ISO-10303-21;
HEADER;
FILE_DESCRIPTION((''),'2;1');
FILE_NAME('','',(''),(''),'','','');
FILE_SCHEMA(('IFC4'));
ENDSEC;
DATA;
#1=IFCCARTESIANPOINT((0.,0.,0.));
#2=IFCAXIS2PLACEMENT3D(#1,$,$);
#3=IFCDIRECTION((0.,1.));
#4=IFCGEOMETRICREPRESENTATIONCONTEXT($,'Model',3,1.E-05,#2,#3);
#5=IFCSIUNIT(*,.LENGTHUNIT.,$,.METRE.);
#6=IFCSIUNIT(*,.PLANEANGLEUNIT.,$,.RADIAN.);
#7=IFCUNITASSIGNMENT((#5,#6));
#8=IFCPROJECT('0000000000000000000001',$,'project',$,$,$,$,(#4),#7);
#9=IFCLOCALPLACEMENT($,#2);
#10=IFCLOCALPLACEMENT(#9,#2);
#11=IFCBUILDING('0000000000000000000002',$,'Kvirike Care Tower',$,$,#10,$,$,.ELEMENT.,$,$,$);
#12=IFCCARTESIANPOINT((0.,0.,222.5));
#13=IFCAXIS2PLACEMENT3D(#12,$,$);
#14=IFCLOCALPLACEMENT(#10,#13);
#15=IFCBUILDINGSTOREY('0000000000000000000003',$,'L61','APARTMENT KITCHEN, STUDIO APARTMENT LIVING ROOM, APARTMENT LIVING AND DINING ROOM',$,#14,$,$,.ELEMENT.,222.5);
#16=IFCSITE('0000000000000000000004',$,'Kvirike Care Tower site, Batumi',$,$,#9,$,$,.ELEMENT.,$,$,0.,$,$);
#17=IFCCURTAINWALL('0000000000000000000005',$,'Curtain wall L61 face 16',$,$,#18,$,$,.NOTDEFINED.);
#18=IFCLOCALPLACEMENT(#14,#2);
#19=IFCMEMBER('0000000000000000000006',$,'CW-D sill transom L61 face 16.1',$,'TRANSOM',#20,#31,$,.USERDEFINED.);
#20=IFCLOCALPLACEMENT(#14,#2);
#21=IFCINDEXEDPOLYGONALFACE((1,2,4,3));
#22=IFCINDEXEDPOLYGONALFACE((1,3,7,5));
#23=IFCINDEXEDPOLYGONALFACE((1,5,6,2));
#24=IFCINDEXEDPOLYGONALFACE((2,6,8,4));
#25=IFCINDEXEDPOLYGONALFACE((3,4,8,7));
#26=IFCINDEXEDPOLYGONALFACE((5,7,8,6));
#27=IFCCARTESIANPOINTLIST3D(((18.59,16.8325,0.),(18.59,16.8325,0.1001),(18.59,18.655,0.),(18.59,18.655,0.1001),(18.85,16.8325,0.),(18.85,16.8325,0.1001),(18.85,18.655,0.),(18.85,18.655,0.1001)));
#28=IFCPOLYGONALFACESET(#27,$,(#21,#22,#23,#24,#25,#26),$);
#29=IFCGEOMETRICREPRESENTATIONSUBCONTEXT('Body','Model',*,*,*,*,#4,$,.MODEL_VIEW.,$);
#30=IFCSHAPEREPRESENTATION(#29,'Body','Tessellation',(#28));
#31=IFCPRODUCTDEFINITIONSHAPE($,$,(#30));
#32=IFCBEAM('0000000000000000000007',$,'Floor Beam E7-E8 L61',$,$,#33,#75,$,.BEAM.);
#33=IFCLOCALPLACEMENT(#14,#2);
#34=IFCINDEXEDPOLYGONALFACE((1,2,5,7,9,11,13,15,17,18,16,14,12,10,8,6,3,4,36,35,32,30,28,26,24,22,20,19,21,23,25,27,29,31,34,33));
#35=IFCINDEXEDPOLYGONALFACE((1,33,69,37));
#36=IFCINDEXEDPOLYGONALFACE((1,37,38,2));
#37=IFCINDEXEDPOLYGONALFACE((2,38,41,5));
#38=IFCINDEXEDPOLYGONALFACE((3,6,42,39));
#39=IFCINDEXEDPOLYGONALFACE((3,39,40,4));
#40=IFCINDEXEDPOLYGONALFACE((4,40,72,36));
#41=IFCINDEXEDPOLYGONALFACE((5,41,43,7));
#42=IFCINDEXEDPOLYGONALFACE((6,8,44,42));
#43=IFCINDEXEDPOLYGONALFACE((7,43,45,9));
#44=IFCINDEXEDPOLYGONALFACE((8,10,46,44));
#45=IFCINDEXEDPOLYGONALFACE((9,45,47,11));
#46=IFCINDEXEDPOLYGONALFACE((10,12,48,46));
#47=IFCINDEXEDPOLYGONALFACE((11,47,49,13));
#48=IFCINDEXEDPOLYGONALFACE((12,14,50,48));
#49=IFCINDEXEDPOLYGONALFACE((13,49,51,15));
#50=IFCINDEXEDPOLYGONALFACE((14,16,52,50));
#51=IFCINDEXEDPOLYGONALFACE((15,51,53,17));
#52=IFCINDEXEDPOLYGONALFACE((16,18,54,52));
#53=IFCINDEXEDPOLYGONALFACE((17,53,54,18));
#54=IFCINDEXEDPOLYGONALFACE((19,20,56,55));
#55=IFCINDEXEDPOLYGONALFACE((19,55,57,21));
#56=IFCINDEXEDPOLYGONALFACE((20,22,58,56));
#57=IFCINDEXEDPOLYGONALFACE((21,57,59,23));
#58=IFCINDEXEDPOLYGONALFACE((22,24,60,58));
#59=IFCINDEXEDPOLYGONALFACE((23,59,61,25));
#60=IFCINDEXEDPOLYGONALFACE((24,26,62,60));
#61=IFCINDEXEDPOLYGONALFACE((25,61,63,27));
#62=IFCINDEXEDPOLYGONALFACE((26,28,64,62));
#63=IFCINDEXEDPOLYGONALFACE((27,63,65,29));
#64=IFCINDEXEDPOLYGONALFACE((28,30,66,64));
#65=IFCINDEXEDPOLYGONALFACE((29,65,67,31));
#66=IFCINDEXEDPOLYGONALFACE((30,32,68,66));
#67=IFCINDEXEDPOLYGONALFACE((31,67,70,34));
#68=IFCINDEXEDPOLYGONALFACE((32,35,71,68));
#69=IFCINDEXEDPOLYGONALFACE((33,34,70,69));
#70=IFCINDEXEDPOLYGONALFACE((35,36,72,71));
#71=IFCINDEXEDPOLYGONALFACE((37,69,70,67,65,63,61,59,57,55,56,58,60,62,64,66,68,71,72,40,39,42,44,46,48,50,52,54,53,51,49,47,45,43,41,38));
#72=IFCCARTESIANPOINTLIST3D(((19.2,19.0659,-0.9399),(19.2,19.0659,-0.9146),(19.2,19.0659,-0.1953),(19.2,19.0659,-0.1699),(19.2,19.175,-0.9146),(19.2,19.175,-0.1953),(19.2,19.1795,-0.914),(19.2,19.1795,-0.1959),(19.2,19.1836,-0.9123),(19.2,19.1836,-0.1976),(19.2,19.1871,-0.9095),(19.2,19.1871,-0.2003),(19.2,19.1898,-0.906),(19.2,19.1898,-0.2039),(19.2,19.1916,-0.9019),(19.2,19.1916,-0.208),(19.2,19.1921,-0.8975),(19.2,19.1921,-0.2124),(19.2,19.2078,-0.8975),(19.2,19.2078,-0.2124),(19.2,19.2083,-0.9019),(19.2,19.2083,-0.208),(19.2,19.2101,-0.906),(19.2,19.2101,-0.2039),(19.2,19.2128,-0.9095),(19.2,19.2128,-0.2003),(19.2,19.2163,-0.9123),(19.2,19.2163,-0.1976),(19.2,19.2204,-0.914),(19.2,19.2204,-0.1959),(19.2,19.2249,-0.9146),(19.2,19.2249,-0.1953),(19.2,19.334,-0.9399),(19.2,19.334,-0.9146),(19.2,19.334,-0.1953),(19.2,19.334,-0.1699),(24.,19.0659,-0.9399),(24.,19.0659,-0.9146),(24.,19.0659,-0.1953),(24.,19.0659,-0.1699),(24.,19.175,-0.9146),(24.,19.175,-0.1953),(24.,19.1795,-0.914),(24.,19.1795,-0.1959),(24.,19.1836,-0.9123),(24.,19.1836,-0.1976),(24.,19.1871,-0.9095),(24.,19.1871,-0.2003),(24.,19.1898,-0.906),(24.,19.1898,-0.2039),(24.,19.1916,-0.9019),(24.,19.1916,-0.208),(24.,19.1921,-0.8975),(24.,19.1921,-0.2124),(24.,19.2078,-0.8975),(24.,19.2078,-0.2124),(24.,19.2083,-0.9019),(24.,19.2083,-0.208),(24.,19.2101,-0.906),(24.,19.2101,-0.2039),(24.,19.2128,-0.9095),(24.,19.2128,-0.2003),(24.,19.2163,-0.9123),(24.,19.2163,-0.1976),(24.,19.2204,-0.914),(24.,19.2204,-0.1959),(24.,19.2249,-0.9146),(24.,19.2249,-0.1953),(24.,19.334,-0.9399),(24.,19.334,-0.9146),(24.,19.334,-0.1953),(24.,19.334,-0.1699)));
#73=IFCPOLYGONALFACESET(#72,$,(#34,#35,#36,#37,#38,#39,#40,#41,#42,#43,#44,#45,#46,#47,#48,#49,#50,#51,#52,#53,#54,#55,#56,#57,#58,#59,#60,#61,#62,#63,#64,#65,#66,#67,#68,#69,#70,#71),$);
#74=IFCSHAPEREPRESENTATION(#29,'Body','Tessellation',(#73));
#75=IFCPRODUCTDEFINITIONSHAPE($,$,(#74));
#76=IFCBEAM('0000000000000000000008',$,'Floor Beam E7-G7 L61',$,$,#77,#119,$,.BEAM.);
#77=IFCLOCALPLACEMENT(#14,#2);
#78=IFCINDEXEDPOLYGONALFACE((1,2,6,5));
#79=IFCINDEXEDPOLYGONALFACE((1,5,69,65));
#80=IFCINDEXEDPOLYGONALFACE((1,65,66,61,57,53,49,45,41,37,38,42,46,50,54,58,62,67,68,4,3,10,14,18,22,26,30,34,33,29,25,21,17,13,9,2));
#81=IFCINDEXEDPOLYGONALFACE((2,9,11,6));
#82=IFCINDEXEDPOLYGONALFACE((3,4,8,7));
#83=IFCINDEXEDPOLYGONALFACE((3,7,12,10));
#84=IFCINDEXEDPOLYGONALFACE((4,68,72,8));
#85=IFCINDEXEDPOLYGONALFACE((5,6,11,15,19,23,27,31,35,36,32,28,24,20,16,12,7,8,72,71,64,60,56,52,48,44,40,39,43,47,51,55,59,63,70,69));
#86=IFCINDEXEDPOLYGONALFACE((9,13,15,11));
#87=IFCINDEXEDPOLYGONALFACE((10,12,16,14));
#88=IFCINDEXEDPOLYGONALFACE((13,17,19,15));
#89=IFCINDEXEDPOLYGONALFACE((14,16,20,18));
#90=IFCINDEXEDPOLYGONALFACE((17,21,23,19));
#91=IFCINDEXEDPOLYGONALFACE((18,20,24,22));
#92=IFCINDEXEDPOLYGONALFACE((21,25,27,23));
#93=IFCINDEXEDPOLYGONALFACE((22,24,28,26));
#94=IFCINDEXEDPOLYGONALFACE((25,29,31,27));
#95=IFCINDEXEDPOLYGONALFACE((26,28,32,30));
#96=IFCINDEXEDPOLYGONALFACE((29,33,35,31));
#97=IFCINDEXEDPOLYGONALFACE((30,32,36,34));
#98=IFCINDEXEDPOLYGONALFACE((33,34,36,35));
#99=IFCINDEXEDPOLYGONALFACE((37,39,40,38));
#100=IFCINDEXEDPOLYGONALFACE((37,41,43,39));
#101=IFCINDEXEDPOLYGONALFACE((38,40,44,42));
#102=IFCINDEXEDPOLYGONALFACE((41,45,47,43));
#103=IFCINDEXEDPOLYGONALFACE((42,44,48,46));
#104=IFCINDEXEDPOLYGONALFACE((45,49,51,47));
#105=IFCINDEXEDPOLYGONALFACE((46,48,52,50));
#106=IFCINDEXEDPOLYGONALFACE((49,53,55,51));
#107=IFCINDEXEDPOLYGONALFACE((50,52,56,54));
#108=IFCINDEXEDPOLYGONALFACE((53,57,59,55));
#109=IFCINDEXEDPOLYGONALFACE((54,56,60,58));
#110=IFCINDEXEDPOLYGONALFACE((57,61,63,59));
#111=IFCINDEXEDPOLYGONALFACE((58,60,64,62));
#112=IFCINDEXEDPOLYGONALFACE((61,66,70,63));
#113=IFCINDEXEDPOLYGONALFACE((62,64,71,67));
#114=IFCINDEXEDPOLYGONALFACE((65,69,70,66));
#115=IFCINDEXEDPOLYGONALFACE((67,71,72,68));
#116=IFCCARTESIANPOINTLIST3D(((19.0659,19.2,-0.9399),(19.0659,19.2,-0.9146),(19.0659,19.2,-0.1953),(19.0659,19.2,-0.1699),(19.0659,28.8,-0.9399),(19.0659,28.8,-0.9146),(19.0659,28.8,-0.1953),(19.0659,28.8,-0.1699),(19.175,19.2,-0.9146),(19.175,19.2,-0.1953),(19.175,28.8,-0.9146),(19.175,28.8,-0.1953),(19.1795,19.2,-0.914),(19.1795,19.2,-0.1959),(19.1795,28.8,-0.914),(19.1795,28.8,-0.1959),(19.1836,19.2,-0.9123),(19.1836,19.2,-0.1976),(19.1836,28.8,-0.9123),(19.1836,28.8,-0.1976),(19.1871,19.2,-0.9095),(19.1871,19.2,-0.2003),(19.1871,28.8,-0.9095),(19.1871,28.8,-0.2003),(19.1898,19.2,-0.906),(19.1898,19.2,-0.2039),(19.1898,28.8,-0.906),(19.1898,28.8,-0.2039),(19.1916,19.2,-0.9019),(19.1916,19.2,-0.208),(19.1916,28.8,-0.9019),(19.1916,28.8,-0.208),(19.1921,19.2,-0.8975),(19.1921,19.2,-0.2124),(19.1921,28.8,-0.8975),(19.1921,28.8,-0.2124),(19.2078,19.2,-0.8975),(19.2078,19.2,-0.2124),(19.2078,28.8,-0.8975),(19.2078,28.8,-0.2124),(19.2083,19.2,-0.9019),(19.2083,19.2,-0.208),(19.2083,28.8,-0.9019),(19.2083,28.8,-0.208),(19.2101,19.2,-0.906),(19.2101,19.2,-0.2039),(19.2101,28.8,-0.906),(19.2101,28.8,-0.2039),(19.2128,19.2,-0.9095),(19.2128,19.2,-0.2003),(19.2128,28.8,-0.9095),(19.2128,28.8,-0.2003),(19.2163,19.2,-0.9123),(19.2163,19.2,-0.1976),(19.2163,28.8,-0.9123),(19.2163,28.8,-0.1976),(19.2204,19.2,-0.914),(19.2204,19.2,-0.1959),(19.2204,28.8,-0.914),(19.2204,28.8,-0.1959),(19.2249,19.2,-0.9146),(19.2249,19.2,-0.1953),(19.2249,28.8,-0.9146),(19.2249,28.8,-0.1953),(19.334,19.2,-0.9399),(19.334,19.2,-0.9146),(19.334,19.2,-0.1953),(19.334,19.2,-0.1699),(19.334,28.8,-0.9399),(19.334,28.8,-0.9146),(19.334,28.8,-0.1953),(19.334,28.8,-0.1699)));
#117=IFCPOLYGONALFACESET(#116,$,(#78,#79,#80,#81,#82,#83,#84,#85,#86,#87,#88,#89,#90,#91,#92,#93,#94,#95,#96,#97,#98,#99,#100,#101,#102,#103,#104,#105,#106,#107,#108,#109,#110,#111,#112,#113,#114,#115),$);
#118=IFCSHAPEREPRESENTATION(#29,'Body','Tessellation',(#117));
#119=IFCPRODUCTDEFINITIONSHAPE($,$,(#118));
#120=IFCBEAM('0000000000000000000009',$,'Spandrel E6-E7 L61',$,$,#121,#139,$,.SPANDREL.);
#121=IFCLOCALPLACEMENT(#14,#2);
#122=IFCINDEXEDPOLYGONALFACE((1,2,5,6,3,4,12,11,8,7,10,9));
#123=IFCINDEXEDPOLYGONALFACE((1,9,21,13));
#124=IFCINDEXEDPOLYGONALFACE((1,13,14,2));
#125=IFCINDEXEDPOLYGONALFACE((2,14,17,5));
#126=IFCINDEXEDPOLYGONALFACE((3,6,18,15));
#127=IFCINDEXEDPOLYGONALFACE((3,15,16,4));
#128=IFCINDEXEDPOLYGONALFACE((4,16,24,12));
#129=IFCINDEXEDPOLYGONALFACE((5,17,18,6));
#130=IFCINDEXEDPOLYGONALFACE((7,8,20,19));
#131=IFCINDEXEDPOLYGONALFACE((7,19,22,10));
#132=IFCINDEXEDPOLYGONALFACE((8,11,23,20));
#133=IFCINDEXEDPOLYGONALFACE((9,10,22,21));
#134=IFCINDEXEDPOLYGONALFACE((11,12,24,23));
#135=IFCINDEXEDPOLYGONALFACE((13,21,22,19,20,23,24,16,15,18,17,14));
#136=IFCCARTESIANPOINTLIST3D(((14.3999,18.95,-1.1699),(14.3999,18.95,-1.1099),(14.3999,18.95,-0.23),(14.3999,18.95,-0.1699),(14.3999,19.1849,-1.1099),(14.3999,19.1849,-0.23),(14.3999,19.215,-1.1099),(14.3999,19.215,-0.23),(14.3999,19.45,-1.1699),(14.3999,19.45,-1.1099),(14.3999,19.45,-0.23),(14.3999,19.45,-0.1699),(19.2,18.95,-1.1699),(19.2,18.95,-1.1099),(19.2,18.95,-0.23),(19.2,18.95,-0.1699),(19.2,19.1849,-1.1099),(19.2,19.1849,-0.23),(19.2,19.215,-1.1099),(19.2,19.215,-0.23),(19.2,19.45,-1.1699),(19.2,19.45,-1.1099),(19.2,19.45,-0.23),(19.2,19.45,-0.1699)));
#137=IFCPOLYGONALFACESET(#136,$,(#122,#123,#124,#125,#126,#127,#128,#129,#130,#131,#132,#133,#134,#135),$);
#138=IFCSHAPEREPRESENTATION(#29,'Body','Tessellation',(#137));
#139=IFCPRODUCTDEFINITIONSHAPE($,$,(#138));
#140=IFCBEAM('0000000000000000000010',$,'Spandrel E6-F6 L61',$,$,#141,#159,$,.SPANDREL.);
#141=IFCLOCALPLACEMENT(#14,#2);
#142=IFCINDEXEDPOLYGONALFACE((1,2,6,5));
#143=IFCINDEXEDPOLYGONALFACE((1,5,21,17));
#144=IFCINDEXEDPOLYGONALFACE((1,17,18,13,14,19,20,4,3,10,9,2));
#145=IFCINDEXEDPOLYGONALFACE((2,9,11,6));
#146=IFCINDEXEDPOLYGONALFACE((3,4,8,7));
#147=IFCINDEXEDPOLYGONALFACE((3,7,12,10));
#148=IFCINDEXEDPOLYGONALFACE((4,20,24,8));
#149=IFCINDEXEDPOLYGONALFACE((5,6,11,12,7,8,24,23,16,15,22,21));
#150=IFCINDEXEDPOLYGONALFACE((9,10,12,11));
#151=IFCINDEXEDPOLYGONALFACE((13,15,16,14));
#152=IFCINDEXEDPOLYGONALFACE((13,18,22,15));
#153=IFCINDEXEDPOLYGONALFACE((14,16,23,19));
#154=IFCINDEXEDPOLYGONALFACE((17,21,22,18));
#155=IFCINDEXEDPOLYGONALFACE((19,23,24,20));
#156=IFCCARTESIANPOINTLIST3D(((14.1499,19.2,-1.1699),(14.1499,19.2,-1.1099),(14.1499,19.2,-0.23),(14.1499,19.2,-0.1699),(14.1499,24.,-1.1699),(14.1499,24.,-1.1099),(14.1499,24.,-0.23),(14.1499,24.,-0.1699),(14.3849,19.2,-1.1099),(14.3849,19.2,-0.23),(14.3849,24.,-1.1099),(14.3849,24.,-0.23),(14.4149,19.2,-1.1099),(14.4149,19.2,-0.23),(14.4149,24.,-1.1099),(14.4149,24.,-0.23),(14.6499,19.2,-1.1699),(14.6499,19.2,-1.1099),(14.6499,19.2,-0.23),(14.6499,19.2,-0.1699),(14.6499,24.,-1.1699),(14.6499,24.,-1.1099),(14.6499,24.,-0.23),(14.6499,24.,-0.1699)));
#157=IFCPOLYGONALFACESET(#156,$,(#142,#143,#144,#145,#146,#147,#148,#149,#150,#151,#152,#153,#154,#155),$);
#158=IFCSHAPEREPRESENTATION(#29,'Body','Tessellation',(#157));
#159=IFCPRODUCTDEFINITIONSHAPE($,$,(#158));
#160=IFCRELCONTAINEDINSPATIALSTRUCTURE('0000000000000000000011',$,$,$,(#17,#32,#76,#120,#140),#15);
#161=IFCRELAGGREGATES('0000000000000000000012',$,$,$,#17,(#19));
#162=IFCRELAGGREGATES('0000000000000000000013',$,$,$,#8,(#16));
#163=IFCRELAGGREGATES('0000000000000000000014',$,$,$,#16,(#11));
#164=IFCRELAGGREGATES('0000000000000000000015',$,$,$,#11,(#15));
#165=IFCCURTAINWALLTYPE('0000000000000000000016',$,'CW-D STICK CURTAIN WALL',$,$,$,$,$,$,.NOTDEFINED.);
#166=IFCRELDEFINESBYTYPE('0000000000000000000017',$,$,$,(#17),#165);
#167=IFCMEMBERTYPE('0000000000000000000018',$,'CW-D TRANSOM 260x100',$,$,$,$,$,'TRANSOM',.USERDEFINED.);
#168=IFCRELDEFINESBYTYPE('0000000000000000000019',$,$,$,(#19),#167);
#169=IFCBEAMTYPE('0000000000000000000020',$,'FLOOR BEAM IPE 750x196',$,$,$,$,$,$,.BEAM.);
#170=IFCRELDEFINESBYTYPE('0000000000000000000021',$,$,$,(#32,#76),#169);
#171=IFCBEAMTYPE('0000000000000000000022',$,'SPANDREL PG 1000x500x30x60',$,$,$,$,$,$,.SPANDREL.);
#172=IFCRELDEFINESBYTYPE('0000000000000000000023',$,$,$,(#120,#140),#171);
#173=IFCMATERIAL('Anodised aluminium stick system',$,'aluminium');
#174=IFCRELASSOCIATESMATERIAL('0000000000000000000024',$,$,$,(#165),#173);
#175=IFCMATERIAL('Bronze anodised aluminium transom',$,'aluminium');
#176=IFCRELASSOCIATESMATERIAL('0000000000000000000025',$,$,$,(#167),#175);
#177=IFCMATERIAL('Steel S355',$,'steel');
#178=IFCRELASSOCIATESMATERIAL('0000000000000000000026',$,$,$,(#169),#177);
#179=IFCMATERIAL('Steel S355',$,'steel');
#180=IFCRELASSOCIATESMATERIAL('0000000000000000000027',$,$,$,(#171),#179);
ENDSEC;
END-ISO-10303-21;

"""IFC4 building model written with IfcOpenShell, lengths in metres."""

from ifc_helpers import new_model, si_unit, direction, frame, origin, origin_2d, place, context, subcontext, project, spatial, rectangle, i_section, extrude, material, material_profile, profile_set, type_object, element, aggregate, save


model = new_model("IFC4")

# Units and contexts
model_context = context("Model", 3, precision=1e-05, world=origin(), true_north=direction((0.0, 1.0)))
body_context = subcontext(model_context, "Body", "Model", "MODEL_VIEW")
ifc_project = project(units=[si_unit("LENGTHUNIT", "METRE"), si_unit("PLANEANGLEUNIT", "RADIAN")], contexts=[model_context])

# Site, building, storey
site_placement = place(None, origin())
site = spatial("IfcSite", under=ifc_project, at=site_placement, Name="Kvirike Care Tower site, Batumi", CompositionType="ELEMENT", RefElevation=0.0)
building_placement = place(site_placement, origin())
building = spatial("IfcBuilding", under=site, at=building_placement, Name="Kvirike Care Tower", CompositionType="ELEMENT")
storey_placement = place(building_placement, frame((0.0, 0.0, 222.5)))
storey = spatial("IfcBuildingStorey", under=building, at=storey_placement, Name="L61", Description="APARTMENT KITCHEN, STUDIO APARTMENT LIVING ROOM, APARTMENT LIVING AND DINING ROOM", CompositionType="ELEMENT", Elevation=222.5)

# Shared definitions
ifc_material_1 = material(Name="Anodised aluminium stick system", Category="aluminium")
curtain_wall_type = type_object("IfcCurtainWallType", Name="CW-D STICK CURTAIN WALL", PredefinedType="NOTDEFINED", material=ifc_material_1)

# Curtain wall
curtain_wall_1_placement = place(storey_placement, origin())
curtain_wall_1 = element("IfcCurtainWall", 1, at=curtain_wall_1_placement, inside=storey, type_object=curtain_wall_type, Name="Curtain wall L61 face 16", PredefinedType="NOTDEFINED")

# Member
ifc_material_2 = material(Name="Bronze anodised aluminium transom", Category="aluminium")
ifc_material_profile_1 = material_profile(ifc_material_2, rectangle(XDim=0.26, YDim=0.1001, at=origin_2d()), Name="CW-D TRANSOM 260x100")
ifc_profile_set_1 = profile_set([ifc_material_profile_1], Name="Bronze anodised aluminium transom")
member_type_1 = type_object("IfcMemberType", Name="CW-D TRANSOM 260x100", ElementType="TRANSOM", PredefinedType="USERDEFINED", material=ifc_profile_set_1)
member_1_placement = place(storey_placement, frame((18.72, 18.655, 0.05), z_axis=(0.0, -1.0, 0.0), x_axis=(1.0, 0.0, 0.0)))
member_1 = element("IfcMember", 2, at=member_1_placement, type_object=member_type_1, Name="CW-D sill transom L61 face 16.1", ObjectType="TRANSOM", PredefinedType="USERDEFINED", context=body_context, shape_type="SweptSolid", body=[
    extrude(rectangle(XDim=0.26, YDim=0.1001, at=origin_2d()), origin(), (0.0, 0.0, 1.0), 1.8225),
])
aggregate(curtain_wall_1, [member_1])

# Beams
ifc_material_3 = material(Name="Steel S355", Category="steel")
ifc_material_profile_2 = material_profile(ifc_material_3, i_section(OverallWidth=0.2681, OverallDepth=0.77, WebThickness=0.0156, FlangeThickness=0.0254, FilletRadius=0.0171, at=origin_2d()), Name="IPE 750x196")
ifc_profile_set_2 = profile_set([ifc_material_profile_2], Name="Steel S355")
beam_type_1 = type_object("IfcBeamType", Name="FLOOR BEAM IPE 750x196", PredefinedType="BEAM", material=ifc_profile_set_2)
beam_1_placement = place(storey_placement, frame((19.2, 19.2, -0.5549), z_axis=(1.0, 0.0, 0.0), x_axis=(0.0, 1.0, 0.0)))
element("IfcBeam", 3, at=beam_1_placement, inside=storey, type_object=beam_type_1, Name="Floor Beam E7-E8 L61", PredefinedType="BEAM", context=body_context, shape_type="SweptSolid", body=[
    extrude(i_section(OverallWidth=0.2681, OverallDepth=0.77, WebThickness=0.0156, FlangeThickness=0.0254, FilletRadius=0.0171, at=origin_2d()), origin(), (0.0, 0.0, 1.0), 4.8),
])
beam_2_placement = place(storey_placement, frame((19.2, 19.2, -0.5549), z_axis=(0.0, 1.0, 0.0), x_axis=(-1.0, 0.0, 0.0)))
element("IfcBeam", 4, at=beam_2_placement, inside=storey, type_object=beam_type_1, Name="Floor Beam E7-G7 L61", PredefinedType="BEAM", context=body_context, shape_type="SweptSolid", body=[
    extrude(i_section(OverallWidth=0.2681, OverallDepth=0.77, WebThickness=0.0156, FlangeThickness=0.0254, FilletRadius=0.0171, at=origin_2d()), origin(), (0.0, 0.0, 1.0), 9.6001),
])
ifc_material_4 = material(Name="Steel S355", Category="steel")
ifc_material_profile_3 = material_profile(ifc_material_4, i_section(OverallWidth=0.5, OverallDepth=1.0, WebThickness=0.03, FlangeThickness=0.0601, at=origin_2d()), Name="PG 1000x500x30x60")
ifc_profile_set_3 = profile_set([ifc_material_profile_3], Name="Steel S355")
beam_type_2 = type_object("IfcBeamType", Name="SPANDREL PG 1000x500x30x60", PredefinedType="SPANDREL", material=ifc_profile_set_3)
for number, where, z_axis, x_axis, name in (
    (5, (14.3999, 19.2, -0.6699), (1.0, 0.0, 0.0), (0.0, 1.0, 0.0), "Spandrel E6-E7 L61"),
    (6, (14.3999, 19.2, -0.6699), (0.0, 1.0, 0.0), (-1.0, 0.0, 0.0), "Spandrel E6-F6 L61"),
):
    element("IfcBeam", number, at=place(storey_placement, frame(where, z_axis=z_axis, x_axis=x_axis)), inside=storey, type_object=beam_type_2, Name=name, PredefinedType="SPANDREL", context=body_context, shape_type="SweptSolid", body=[
        extrude(i_section(OverallWidth=0.5, OverallDepth=1.0, WebThickness=0.03, FlangeThickness=0.0601, at=origin_2d()), origin(), (0.0, 0.0, 1.0), 4.8),
    ])

save(model, "model.ifc")
